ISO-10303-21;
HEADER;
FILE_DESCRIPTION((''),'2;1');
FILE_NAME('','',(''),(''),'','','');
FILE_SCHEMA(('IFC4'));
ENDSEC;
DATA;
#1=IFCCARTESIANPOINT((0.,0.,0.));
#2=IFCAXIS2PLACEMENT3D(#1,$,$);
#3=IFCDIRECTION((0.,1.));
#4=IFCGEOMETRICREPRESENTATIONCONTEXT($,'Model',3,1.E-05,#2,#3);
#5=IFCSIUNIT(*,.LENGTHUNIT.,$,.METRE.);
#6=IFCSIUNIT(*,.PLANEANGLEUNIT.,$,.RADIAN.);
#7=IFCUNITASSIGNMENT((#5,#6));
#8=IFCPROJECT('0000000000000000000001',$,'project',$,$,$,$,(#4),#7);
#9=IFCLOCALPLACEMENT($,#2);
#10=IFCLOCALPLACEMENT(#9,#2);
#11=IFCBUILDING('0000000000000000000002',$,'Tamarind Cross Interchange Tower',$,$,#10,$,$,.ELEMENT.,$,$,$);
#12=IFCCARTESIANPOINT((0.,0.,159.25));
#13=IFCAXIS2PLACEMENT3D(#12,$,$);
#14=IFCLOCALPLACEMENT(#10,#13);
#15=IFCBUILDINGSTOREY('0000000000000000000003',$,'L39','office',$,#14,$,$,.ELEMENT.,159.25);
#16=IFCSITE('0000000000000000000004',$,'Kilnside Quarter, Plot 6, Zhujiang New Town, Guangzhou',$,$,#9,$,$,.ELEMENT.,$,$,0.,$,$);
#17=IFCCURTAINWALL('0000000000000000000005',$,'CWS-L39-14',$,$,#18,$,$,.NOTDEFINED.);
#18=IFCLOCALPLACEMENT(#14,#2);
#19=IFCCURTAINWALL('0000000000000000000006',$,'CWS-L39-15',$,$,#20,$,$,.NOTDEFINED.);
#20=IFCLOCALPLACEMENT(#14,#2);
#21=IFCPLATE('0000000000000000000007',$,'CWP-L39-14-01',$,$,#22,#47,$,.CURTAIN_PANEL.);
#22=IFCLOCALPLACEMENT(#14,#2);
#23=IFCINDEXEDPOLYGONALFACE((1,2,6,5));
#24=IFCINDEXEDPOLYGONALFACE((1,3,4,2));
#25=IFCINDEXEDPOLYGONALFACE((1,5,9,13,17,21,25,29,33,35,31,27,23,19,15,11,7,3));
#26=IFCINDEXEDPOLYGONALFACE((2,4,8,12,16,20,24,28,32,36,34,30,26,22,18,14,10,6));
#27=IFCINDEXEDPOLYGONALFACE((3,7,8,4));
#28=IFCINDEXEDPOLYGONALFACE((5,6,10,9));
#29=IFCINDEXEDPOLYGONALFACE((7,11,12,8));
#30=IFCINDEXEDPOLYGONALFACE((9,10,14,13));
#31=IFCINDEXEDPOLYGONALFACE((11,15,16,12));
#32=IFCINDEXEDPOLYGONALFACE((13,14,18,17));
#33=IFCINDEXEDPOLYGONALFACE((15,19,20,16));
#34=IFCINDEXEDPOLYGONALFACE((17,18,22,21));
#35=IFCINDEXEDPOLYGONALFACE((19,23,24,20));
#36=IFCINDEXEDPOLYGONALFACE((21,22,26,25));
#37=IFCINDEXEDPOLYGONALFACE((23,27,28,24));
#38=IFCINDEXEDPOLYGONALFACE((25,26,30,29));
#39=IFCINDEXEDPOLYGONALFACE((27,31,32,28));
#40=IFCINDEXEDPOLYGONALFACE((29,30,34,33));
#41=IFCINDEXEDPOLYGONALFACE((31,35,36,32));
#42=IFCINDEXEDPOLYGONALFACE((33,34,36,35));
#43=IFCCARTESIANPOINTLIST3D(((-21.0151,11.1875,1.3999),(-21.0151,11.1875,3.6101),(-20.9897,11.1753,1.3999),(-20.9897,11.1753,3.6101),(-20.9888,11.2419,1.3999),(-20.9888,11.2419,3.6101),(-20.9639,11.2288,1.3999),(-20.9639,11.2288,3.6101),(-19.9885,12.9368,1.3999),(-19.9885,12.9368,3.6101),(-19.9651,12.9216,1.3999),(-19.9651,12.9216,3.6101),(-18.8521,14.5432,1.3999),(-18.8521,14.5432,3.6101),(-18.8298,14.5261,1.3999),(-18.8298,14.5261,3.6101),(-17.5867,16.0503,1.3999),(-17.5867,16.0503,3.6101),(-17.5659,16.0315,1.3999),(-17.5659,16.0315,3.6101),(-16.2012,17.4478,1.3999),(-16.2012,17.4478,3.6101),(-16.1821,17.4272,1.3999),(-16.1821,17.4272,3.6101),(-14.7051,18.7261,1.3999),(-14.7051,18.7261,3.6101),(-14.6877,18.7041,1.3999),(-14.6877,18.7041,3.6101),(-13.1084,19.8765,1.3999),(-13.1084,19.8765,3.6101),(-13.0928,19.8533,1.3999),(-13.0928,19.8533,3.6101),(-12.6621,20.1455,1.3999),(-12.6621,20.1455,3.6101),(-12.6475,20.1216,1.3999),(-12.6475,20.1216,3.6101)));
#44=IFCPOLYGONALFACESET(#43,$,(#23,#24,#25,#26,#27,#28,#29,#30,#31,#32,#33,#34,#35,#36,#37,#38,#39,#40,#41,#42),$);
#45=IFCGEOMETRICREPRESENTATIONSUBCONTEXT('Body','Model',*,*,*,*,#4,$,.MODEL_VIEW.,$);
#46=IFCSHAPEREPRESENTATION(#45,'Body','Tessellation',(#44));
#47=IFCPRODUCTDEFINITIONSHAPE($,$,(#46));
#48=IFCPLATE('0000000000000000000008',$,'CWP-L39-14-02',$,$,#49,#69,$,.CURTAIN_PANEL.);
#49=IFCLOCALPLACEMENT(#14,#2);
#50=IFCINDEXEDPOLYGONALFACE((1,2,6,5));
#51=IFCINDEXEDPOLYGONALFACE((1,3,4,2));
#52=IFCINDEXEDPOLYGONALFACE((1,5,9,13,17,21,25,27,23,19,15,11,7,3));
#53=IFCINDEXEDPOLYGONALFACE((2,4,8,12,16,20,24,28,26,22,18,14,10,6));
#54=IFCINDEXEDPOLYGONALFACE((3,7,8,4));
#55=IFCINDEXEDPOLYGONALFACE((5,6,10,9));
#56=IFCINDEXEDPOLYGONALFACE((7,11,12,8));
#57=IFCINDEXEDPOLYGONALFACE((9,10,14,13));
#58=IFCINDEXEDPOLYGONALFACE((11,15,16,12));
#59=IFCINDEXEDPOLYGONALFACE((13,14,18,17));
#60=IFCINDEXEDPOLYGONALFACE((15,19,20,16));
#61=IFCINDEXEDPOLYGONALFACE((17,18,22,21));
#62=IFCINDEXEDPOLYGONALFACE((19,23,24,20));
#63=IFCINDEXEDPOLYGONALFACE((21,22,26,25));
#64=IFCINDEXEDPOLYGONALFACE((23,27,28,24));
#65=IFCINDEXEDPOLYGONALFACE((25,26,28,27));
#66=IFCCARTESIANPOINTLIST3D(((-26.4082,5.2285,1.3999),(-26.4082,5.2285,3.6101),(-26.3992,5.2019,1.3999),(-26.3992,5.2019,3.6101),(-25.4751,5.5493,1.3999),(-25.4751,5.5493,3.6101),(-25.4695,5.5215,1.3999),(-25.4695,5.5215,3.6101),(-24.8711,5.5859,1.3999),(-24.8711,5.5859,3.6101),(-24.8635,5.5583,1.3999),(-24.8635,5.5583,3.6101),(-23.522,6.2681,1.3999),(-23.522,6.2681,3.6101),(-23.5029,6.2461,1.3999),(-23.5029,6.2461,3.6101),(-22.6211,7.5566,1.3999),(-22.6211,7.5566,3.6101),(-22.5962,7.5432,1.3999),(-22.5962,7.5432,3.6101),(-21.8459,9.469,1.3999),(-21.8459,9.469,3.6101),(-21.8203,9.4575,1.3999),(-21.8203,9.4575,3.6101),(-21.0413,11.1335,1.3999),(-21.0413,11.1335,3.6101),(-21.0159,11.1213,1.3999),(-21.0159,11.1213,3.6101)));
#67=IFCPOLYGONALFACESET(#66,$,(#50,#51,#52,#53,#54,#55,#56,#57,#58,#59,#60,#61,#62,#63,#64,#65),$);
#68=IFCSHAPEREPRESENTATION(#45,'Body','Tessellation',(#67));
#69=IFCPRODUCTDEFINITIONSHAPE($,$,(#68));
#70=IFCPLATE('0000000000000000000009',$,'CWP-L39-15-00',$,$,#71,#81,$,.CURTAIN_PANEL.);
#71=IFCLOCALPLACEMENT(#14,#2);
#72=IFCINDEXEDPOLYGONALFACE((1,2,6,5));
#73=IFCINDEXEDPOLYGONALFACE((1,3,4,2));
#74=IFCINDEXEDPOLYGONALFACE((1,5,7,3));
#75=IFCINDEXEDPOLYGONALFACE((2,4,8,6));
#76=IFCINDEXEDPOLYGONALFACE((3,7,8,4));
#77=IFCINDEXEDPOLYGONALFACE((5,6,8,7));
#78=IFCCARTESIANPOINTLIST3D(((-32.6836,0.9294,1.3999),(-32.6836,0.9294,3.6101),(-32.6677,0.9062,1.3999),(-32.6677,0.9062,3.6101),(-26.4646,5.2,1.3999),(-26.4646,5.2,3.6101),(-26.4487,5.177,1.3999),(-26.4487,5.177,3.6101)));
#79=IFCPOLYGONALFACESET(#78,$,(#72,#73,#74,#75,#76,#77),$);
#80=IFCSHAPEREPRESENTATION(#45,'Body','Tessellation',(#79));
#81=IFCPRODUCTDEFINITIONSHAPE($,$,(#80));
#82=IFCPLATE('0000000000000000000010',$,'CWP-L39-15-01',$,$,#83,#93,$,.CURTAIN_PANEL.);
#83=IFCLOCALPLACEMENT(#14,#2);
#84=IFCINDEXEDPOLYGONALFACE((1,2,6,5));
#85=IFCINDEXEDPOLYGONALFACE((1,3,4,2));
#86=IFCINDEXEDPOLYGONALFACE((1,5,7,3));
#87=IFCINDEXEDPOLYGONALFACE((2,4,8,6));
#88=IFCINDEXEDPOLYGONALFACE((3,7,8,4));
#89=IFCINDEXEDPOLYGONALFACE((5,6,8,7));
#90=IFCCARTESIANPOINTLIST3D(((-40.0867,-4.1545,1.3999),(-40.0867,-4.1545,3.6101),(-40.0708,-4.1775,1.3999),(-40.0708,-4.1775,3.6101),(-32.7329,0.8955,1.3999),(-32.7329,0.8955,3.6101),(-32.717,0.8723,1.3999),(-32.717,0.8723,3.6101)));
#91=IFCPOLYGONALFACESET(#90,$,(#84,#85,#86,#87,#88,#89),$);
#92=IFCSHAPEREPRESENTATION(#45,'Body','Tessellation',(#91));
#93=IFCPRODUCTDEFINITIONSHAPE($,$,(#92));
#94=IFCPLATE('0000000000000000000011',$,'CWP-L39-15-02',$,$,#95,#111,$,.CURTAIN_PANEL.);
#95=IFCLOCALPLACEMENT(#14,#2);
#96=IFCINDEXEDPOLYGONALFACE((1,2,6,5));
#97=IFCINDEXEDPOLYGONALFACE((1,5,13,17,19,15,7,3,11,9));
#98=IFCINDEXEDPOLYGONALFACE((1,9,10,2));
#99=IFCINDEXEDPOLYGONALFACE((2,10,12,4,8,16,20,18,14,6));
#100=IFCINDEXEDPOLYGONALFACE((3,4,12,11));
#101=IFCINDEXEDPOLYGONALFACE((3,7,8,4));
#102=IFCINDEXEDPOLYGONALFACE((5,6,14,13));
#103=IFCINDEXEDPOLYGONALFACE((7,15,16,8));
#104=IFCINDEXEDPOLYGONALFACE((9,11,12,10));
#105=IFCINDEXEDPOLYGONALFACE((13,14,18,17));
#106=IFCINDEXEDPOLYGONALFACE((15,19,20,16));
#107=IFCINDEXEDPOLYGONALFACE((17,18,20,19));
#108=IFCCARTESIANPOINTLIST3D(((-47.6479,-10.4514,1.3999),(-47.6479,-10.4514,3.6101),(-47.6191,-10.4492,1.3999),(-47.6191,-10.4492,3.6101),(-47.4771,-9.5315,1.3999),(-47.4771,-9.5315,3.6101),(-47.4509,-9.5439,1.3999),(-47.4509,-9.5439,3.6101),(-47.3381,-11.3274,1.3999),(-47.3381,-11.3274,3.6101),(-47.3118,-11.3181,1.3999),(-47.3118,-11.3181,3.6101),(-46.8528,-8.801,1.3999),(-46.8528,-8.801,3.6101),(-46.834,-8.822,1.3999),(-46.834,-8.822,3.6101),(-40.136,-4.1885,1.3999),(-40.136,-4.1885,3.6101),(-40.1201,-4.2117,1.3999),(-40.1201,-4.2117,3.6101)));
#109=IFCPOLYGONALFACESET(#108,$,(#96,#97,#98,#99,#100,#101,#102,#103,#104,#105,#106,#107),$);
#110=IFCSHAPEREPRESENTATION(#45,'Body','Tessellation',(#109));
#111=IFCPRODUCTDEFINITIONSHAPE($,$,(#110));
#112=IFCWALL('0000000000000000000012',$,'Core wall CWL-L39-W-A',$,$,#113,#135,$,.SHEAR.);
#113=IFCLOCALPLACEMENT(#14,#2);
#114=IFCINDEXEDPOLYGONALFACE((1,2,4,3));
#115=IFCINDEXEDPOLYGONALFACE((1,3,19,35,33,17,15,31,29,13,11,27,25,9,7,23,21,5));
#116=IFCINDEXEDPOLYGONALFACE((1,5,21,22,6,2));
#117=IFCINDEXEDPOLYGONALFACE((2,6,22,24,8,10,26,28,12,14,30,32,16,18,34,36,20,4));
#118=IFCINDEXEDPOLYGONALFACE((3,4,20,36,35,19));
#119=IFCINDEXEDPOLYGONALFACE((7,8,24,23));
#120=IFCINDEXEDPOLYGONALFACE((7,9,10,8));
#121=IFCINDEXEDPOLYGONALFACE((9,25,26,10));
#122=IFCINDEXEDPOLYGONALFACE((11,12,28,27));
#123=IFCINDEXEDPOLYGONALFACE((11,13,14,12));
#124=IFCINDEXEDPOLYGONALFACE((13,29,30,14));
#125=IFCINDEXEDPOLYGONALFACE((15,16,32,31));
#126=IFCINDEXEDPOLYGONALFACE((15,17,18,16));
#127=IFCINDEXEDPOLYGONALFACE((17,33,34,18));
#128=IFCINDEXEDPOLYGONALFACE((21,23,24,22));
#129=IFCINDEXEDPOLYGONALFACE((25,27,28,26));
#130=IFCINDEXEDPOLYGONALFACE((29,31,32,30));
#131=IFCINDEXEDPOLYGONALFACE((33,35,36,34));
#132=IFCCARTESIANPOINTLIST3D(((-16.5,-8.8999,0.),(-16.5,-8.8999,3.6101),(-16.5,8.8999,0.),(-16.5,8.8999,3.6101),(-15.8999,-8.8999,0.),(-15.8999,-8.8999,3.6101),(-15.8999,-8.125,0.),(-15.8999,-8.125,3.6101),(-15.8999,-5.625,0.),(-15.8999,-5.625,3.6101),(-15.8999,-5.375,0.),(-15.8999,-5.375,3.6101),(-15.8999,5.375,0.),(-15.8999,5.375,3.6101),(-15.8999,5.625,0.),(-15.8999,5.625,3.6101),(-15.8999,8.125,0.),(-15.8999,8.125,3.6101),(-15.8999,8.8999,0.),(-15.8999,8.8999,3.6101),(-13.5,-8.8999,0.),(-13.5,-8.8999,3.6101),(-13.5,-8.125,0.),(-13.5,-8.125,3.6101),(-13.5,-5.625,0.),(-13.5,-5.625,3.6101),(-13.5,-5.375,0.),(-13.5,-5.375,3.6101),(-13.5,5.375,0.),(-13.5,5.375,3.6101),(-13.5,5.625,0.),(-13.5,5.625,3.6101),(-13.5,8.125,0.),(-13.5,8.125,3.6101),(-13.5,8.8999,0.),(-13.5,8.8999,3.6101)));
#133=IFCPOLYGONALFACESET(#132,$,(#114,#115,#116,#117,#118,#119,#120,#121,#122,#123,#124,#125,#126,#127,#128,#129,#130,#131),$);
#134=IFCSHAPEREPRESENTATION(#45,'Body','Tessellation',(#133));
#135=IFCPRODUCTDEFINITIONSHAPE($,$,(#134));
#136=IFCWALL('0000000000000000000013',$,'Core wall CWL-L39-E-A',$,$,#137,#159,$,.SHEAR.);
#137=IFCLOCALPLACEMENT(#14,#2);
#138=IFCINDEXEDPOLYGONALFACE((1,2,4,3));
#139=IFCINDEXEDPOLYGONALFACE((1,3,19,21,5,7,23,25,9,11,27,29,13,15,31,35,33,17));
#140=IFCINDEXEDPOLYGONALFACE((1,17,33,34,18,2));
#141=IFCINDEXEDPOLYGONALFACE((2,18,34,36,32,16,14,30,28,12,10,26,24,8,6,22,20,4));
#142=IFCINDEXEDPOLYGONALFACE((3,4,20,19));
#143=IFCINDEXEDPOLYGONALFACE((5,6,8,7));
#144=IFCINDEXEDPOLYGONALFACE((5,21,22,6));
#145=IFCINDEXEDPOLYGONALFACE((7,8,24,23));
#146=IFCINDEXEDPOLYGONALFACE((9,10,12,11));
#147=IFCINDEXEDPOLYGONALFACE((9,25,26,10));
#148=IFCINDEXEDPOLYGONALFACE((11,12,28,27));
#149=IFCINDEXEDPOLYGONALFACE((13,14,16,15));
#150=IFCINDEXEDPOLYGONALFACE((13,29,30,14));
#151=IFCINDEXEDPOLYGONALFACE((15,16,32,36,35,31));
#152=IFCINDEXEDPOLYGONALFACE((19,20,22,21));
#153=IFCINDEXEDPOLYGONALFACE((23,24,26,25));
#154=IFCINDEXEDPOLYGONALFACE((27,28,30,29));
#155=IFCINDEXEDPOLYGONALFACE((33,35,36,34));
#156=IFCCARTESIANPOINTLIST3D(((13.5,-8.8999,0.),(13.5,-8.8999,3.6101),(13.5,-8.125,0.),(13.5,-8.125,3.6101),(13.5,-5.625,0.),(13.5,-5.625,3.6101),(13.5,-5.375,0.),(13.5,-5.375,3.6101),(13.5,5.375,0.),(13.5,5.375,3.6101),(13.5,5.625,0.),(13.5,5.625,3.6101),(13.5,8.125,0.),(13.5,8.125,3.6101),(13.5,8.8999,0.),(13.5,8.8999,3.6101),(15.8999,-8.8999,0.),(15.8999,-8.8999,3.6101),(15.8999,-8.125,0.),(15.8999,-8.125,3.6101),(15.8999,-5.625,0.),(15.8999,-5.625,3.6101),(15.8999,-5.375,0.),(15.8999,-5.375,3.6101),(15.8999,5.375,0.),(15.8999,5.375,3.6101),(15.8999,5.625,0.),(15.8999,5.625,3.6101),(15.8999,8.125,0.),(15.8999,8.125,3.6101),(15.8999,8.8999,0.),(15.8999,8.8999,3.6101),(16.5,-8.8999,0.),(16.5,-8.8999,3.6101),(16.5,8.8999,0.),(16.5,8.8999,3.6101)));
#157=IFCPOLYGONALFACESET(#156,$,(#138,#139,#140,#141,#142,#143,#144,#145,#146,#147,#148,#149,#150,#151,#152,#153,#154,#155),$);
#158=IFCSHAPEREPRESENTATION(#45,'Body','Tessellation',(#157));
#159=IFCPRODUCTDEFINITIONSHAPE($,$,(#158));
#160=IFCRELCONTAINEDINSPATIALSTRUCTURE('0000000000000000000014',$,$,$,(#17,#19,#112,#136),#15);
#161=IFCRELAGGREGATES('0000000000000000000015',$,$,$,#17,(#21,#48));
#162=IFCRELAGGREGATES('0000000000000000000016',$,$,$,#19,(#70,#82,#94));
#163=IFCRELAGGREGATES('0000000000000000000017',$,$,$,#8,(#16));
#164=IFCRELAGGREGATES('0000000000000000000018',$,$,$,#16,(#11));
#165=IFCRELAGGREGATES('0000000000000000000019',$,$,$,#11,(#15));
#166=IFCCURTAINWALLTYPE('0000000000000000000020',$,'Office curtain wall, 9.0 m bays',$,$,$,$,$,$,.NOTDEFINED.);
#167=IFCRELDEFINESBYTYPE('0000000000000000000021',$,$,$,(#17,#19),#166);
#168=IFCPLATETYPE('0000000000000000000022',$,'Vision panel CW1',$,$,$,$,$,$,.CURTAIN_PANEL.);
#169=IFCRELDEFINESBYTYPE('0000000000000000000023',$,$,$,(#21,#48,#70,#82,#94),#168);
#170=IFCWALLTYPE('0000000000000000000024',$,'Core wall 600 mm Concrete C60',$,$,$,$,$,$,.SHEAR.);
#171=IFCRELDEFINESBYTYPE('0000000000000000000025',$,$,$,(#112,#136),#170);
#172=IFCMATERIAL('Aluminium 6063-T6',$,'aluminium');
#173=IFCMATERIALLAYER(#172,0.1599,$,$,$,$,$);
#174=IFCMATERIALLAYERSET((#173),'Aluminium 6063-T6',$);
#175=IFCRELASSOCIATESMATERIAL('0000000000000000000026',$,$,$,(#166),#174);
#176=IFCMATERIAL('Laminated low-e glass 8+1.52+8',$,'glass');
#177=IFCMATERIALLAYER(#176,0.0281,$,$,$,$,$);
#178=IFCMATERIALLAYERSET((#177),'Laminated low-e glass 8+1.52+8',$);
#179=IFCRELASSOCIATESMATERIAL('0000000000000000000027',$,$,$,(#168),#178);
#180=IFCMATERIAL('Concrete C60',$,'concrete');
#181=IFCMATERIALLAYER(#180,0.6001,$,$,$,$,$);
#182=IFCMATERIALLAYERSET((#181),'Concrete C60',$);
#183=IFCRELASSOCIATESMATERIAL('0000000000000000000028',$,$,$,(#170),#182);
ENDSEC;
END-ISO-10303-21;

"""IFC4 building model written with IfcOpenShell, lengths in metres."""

from ifc_helpers import new_model, si_unit, direction, frame, origin, place, context, subcontext, project, spatial, polyline, outline, extrude, material, layer, layer_set, type_object, element, aggregate, save


model = new_model("IFC4")

# Units and contexts
model_context = context("Model", 3, precision=1e-05, world=origin(), true_north=direction((0.0, 1.0)))
body_context = subcontext(model_context, "Body", "Model", "MODEL_VIEW")
ifc_project = project(units=[si_unit("LENGTHUNIT", "METRE"), si_unit("PLANEANGLEUNIT", "RADIAN")], contexts=[model_context])

# Site, building, storey
site_placement = place(None, origin())
site = spatial("IfcSite", under=ifc_project, at=site_placement, Name="Kilnside Quarter, Plot 6, Zhujiang New Town, Guangzhou", CompositionType="ELEMENT", RefElevation=0.0)
building_placement = place(site_placement, origin())
building = spatial("IfcBuilding", under=site, at=building_placement, Name="Tamarind Cross Interchange Tower", CompositionType="ELEMENT")
storey_placement = place(building_placement, frame((0.0, 0.0, 159.25)))
storey = spatial("IfcBuildingStorey", under=building, at=storey_placement, Name="L39", Description="office", CompositionType="ELEMENT", Elevation=159.25)

# Curtain walls
ifc_material_1 = material(Name="Aluminium 6063-T6", Category="aluminium")
ifc_layer_1 = layer(ifc_material_1, 0.1599)
ifc_layer_set_1 = layer_set([ifc_layer_1], Name="Aluminium 6063-T6")
curtain_wall_type = type_object("IfcCurtainWallType", Name="Office curtain wall, 9.0 m bays", PredefinedType="NOTDEFINED", material=ifc_layer_set_1)
curtain_wall_1_placement = place(storey_placement, origin())
curtain_wall_1 = element("IfcCurtainWall", 1, at=curtain_wall_1_placement, inside=storey, type_object=curtain_wall_type, Name="CWS-L39-14", PredefinedType="NOTDEFINED")
curtain_wall_2_placement = place(storey_placement, origin())
curtain_wall_2 = element("IfcCurtainWall", 2, at=curtain_wall_2_placement, inside=storey, type_object=curtain_wall_type, Name="CWS-L39-15", PredefinedType="NOTDEFINED")

# Plates
ifc_material_2 = material(Name="Laminated low-e glass 8+1.52+8", Category="glass")
ifc_layer_2 = layer(ifc_material_2, 0.0281)
ifc_layer_set_2 = layer_set([ifc_layer_2], Name="Laminated low-e glass 8+1.52+8")
plate_type = type_object("IfcPlateType", Name="Vision panel CW1", PredefinedType="CURTAIN_PANEL", material=ifc_layer_set_2)
plate_1_placement = place(storey_placement, frame((0.0, 0.0, 1.3999)))
plate_1 = element("IfcPlate", 3, at=plate_1_placement, type_object=plate_type, Name="CWP-L39-14-01", PredefinedType="CURTAIN_PANEL", context=body_context, shape_type="SweptSolid", body=[
    extrude(outline(polyline([(-12.6475, 20.1216), (-13.0928, 19.8533), (-14.6877, 18.7041), (-16.1821, 17.4272), (-17.5659, 16.0315), (-18.8298, 14.5261), (-19.9651, 12.9216), (-20.9639, 11.2288), (-20.9897, 11.1753), (-21.0151, 11.1875), (-20.9888, 11.2419), (-19.9885, 12.9368), (-18.8521, 14.5432), (-17.5867, 16.0503), (-16.2012, 17.4478), (-14.7051, 18.7261), (-13.1084, 19.8765), (-12.6621, 20.1455), (-12.6475, 20.1216)])), origin(), (0.0, 0.0, 1.0), 2.2102),
])
plate_2_placement = place(storey_placement, frame((0.0, 0.0, 1.3999)))
plate_2 = element("IfcPlate", 4, at=plate_2_placement, type_object=plate_type, Name="CWP-L39-14-02", PredefinedType="CURTAIN_PANEL", context=body_context, shape_type="SweptSolid", body=[
    extrude(outline(polyline([(-21.0159, 11.1213), (-21.8203, 9.4575), (-22.5962, 7.5432), (-23.5029, 6.2461), (-24.8635, 5.5583), (-25.4695, 5.5215), (-26.3992, 5.2019), (-26.4082, 5.2285), (-25.4751, 5.5493), (-24.8711, 5.5859), (-23.522, 6.2681), (-22.6211, 7.5566), (-21.8459, 9.469), (-21.0413, 11.1335), (-21.0159, 11.1213)])), origin(), (0.0, 0.0, 1.0), 2.2102),
])
aggregate(curtain_wall_1, [plate_1, plate_2])
plate_3_placement = place(storey_placement, frame((0.0, 0.0, 1.3999)))
plate_3 = element("IfcPlate", 5, at=plate_3_placement, type_object=plate_type, Name="CWP-L39-15-00", PredefinedType="CURTAIN_PANEL", context=body_context, shape_type="SweptSolid", body=[
    extrude(outline(polyline([(-26.4487, 5.177), (-32.6677, 0.9062), (-32.6836, 0.9294), (-26.4646, 5.2), (-26.4487, 5.177)])), origin(), (0.0, 0.0, 1.0), 2.2102),
])
plate_4_placement = place(storey_placement, frame((0.0, 0.0, 1.3999)))
plate_4 = element("IfcPlate", 6, at=plate_4_placement, type_object=plate_type, Name="CWP-L39-15-01", PredefinedType="CURTAIN_PANEL", context=body_context, shape_type="SweptSolid", body=[
    extrude(outline(polyline([(-32.717, 0.8723), (-40.0708, -4.1775), (-40.0867, -4.1545), (-32.7329, 0.8955), (-32.717, 0.8723)])), origin(), (0.0, 0.0, 1.0), 2.2102),
])
plate_5_placement = place(storey_placement, frame((0.0, 0.0, 1.3999)))
plate_5 = element("IfcPlate", 7, at=plate_5_placement, type_object=plate_type, Name="CWP-L39-15-02", PredefinedType="CURTAIN_PANEL", context=body_context, shape_type="SweptSolid", body=[
    extrude(outline(polyline([(-40.1201, -4.2117), (-46.834, -8.822), (-47.4509, -9.5439), (-47.6191, -10.4492), (-47.3118, -11.3181), (-47.3381, -11.3274), (-47.6479, -10.4514), (-47.4771, -9.5315), (-46.8528, -8.801), (-40.136, -4.1885), (-40.1201, -4.2117)])), origin(), (0.0, 0.0, 1.0), 2.2102),
])
aggregate(curtain_wall_2, [plate_3, plate_4, plate_5])

# Walls
ifc_material_3 = material(Name="Concrete C60", Category="concrete")
ifc_layer_3 = layer(ifc_material_3, 0.6001)
ifc_layer_set_3 = layer_set([ifc_layer_3], Name="Concrete C60")
wall_type_1 = type_object("IfcWallType", Name="Core wall 600 mm Concrete C60", PredefinedType="SHEAR", material=ifc_layer_set_3)
wall_1_placement = place(storey_placement, origin())
element("IfcWall", 8, at=wall_1_placement, inside=storey, type_object=wall_type_1, Name="Core wall CWL-L39-W-A", PredefinedType="SHEAR", context=body_context, shape_type="SweptSolid", body=[
    extrude(outline(polyline([(-13.5, -8.125), (-15.8999, -8.125), (-15.8999, -5.625), (-13.5, -5.625), (-13.5, -5.375), (-15.8999, -5.375), (-15.8999, 5.375), (-13.5, 5.375), (-13.5, 5.625), (-15.8999, 5.625), (-15.8999, 8.125), (-13.5, 8.125), (-13.5, 8.8999), (-15.8999, 8.8999), (-16.5, 8.8999), (-16.5, -8.8999), (-15.8999, -8.8999), (-13.5, -8.8999), (-13.5, -8.125)])), origin(), (0.0, 0.0, 1.0), 3.6101),
])
wall_2_placement = place(storey_placement, origin())
element("IfcWall", 9, at=wall_2_placement, inside=storey, type_object=wall_type_1, Name="Core wall CWL-L39-E-A", PredefinedType="SHEAR", context=body_context, shape_type="SweptSolid", body=[
    extrude(outline(polyline([(13.5, -8.125), (13.5, -8.8999), (15.8999, -8.8999), (16.5, -8.8999), (16.5, 8.8999), (15.8999, 8.8999), (13.5, 8.8999), (13.5, 8.125), (15.8999, 8.125), (15.8999, 5.625), (13.5, 5.625), (13.5, 5.375), (15.8999, 5.375), (15.8999, -5.375), (13.5, -5.375), (13.5, -5.625), (15.8999, -5.625), (15.8999, -8.125), (13.5, -8.125)])), origin(), (0.0, 0.0, 1.0), 3.6101),
])

save(model, "model.ifc")
